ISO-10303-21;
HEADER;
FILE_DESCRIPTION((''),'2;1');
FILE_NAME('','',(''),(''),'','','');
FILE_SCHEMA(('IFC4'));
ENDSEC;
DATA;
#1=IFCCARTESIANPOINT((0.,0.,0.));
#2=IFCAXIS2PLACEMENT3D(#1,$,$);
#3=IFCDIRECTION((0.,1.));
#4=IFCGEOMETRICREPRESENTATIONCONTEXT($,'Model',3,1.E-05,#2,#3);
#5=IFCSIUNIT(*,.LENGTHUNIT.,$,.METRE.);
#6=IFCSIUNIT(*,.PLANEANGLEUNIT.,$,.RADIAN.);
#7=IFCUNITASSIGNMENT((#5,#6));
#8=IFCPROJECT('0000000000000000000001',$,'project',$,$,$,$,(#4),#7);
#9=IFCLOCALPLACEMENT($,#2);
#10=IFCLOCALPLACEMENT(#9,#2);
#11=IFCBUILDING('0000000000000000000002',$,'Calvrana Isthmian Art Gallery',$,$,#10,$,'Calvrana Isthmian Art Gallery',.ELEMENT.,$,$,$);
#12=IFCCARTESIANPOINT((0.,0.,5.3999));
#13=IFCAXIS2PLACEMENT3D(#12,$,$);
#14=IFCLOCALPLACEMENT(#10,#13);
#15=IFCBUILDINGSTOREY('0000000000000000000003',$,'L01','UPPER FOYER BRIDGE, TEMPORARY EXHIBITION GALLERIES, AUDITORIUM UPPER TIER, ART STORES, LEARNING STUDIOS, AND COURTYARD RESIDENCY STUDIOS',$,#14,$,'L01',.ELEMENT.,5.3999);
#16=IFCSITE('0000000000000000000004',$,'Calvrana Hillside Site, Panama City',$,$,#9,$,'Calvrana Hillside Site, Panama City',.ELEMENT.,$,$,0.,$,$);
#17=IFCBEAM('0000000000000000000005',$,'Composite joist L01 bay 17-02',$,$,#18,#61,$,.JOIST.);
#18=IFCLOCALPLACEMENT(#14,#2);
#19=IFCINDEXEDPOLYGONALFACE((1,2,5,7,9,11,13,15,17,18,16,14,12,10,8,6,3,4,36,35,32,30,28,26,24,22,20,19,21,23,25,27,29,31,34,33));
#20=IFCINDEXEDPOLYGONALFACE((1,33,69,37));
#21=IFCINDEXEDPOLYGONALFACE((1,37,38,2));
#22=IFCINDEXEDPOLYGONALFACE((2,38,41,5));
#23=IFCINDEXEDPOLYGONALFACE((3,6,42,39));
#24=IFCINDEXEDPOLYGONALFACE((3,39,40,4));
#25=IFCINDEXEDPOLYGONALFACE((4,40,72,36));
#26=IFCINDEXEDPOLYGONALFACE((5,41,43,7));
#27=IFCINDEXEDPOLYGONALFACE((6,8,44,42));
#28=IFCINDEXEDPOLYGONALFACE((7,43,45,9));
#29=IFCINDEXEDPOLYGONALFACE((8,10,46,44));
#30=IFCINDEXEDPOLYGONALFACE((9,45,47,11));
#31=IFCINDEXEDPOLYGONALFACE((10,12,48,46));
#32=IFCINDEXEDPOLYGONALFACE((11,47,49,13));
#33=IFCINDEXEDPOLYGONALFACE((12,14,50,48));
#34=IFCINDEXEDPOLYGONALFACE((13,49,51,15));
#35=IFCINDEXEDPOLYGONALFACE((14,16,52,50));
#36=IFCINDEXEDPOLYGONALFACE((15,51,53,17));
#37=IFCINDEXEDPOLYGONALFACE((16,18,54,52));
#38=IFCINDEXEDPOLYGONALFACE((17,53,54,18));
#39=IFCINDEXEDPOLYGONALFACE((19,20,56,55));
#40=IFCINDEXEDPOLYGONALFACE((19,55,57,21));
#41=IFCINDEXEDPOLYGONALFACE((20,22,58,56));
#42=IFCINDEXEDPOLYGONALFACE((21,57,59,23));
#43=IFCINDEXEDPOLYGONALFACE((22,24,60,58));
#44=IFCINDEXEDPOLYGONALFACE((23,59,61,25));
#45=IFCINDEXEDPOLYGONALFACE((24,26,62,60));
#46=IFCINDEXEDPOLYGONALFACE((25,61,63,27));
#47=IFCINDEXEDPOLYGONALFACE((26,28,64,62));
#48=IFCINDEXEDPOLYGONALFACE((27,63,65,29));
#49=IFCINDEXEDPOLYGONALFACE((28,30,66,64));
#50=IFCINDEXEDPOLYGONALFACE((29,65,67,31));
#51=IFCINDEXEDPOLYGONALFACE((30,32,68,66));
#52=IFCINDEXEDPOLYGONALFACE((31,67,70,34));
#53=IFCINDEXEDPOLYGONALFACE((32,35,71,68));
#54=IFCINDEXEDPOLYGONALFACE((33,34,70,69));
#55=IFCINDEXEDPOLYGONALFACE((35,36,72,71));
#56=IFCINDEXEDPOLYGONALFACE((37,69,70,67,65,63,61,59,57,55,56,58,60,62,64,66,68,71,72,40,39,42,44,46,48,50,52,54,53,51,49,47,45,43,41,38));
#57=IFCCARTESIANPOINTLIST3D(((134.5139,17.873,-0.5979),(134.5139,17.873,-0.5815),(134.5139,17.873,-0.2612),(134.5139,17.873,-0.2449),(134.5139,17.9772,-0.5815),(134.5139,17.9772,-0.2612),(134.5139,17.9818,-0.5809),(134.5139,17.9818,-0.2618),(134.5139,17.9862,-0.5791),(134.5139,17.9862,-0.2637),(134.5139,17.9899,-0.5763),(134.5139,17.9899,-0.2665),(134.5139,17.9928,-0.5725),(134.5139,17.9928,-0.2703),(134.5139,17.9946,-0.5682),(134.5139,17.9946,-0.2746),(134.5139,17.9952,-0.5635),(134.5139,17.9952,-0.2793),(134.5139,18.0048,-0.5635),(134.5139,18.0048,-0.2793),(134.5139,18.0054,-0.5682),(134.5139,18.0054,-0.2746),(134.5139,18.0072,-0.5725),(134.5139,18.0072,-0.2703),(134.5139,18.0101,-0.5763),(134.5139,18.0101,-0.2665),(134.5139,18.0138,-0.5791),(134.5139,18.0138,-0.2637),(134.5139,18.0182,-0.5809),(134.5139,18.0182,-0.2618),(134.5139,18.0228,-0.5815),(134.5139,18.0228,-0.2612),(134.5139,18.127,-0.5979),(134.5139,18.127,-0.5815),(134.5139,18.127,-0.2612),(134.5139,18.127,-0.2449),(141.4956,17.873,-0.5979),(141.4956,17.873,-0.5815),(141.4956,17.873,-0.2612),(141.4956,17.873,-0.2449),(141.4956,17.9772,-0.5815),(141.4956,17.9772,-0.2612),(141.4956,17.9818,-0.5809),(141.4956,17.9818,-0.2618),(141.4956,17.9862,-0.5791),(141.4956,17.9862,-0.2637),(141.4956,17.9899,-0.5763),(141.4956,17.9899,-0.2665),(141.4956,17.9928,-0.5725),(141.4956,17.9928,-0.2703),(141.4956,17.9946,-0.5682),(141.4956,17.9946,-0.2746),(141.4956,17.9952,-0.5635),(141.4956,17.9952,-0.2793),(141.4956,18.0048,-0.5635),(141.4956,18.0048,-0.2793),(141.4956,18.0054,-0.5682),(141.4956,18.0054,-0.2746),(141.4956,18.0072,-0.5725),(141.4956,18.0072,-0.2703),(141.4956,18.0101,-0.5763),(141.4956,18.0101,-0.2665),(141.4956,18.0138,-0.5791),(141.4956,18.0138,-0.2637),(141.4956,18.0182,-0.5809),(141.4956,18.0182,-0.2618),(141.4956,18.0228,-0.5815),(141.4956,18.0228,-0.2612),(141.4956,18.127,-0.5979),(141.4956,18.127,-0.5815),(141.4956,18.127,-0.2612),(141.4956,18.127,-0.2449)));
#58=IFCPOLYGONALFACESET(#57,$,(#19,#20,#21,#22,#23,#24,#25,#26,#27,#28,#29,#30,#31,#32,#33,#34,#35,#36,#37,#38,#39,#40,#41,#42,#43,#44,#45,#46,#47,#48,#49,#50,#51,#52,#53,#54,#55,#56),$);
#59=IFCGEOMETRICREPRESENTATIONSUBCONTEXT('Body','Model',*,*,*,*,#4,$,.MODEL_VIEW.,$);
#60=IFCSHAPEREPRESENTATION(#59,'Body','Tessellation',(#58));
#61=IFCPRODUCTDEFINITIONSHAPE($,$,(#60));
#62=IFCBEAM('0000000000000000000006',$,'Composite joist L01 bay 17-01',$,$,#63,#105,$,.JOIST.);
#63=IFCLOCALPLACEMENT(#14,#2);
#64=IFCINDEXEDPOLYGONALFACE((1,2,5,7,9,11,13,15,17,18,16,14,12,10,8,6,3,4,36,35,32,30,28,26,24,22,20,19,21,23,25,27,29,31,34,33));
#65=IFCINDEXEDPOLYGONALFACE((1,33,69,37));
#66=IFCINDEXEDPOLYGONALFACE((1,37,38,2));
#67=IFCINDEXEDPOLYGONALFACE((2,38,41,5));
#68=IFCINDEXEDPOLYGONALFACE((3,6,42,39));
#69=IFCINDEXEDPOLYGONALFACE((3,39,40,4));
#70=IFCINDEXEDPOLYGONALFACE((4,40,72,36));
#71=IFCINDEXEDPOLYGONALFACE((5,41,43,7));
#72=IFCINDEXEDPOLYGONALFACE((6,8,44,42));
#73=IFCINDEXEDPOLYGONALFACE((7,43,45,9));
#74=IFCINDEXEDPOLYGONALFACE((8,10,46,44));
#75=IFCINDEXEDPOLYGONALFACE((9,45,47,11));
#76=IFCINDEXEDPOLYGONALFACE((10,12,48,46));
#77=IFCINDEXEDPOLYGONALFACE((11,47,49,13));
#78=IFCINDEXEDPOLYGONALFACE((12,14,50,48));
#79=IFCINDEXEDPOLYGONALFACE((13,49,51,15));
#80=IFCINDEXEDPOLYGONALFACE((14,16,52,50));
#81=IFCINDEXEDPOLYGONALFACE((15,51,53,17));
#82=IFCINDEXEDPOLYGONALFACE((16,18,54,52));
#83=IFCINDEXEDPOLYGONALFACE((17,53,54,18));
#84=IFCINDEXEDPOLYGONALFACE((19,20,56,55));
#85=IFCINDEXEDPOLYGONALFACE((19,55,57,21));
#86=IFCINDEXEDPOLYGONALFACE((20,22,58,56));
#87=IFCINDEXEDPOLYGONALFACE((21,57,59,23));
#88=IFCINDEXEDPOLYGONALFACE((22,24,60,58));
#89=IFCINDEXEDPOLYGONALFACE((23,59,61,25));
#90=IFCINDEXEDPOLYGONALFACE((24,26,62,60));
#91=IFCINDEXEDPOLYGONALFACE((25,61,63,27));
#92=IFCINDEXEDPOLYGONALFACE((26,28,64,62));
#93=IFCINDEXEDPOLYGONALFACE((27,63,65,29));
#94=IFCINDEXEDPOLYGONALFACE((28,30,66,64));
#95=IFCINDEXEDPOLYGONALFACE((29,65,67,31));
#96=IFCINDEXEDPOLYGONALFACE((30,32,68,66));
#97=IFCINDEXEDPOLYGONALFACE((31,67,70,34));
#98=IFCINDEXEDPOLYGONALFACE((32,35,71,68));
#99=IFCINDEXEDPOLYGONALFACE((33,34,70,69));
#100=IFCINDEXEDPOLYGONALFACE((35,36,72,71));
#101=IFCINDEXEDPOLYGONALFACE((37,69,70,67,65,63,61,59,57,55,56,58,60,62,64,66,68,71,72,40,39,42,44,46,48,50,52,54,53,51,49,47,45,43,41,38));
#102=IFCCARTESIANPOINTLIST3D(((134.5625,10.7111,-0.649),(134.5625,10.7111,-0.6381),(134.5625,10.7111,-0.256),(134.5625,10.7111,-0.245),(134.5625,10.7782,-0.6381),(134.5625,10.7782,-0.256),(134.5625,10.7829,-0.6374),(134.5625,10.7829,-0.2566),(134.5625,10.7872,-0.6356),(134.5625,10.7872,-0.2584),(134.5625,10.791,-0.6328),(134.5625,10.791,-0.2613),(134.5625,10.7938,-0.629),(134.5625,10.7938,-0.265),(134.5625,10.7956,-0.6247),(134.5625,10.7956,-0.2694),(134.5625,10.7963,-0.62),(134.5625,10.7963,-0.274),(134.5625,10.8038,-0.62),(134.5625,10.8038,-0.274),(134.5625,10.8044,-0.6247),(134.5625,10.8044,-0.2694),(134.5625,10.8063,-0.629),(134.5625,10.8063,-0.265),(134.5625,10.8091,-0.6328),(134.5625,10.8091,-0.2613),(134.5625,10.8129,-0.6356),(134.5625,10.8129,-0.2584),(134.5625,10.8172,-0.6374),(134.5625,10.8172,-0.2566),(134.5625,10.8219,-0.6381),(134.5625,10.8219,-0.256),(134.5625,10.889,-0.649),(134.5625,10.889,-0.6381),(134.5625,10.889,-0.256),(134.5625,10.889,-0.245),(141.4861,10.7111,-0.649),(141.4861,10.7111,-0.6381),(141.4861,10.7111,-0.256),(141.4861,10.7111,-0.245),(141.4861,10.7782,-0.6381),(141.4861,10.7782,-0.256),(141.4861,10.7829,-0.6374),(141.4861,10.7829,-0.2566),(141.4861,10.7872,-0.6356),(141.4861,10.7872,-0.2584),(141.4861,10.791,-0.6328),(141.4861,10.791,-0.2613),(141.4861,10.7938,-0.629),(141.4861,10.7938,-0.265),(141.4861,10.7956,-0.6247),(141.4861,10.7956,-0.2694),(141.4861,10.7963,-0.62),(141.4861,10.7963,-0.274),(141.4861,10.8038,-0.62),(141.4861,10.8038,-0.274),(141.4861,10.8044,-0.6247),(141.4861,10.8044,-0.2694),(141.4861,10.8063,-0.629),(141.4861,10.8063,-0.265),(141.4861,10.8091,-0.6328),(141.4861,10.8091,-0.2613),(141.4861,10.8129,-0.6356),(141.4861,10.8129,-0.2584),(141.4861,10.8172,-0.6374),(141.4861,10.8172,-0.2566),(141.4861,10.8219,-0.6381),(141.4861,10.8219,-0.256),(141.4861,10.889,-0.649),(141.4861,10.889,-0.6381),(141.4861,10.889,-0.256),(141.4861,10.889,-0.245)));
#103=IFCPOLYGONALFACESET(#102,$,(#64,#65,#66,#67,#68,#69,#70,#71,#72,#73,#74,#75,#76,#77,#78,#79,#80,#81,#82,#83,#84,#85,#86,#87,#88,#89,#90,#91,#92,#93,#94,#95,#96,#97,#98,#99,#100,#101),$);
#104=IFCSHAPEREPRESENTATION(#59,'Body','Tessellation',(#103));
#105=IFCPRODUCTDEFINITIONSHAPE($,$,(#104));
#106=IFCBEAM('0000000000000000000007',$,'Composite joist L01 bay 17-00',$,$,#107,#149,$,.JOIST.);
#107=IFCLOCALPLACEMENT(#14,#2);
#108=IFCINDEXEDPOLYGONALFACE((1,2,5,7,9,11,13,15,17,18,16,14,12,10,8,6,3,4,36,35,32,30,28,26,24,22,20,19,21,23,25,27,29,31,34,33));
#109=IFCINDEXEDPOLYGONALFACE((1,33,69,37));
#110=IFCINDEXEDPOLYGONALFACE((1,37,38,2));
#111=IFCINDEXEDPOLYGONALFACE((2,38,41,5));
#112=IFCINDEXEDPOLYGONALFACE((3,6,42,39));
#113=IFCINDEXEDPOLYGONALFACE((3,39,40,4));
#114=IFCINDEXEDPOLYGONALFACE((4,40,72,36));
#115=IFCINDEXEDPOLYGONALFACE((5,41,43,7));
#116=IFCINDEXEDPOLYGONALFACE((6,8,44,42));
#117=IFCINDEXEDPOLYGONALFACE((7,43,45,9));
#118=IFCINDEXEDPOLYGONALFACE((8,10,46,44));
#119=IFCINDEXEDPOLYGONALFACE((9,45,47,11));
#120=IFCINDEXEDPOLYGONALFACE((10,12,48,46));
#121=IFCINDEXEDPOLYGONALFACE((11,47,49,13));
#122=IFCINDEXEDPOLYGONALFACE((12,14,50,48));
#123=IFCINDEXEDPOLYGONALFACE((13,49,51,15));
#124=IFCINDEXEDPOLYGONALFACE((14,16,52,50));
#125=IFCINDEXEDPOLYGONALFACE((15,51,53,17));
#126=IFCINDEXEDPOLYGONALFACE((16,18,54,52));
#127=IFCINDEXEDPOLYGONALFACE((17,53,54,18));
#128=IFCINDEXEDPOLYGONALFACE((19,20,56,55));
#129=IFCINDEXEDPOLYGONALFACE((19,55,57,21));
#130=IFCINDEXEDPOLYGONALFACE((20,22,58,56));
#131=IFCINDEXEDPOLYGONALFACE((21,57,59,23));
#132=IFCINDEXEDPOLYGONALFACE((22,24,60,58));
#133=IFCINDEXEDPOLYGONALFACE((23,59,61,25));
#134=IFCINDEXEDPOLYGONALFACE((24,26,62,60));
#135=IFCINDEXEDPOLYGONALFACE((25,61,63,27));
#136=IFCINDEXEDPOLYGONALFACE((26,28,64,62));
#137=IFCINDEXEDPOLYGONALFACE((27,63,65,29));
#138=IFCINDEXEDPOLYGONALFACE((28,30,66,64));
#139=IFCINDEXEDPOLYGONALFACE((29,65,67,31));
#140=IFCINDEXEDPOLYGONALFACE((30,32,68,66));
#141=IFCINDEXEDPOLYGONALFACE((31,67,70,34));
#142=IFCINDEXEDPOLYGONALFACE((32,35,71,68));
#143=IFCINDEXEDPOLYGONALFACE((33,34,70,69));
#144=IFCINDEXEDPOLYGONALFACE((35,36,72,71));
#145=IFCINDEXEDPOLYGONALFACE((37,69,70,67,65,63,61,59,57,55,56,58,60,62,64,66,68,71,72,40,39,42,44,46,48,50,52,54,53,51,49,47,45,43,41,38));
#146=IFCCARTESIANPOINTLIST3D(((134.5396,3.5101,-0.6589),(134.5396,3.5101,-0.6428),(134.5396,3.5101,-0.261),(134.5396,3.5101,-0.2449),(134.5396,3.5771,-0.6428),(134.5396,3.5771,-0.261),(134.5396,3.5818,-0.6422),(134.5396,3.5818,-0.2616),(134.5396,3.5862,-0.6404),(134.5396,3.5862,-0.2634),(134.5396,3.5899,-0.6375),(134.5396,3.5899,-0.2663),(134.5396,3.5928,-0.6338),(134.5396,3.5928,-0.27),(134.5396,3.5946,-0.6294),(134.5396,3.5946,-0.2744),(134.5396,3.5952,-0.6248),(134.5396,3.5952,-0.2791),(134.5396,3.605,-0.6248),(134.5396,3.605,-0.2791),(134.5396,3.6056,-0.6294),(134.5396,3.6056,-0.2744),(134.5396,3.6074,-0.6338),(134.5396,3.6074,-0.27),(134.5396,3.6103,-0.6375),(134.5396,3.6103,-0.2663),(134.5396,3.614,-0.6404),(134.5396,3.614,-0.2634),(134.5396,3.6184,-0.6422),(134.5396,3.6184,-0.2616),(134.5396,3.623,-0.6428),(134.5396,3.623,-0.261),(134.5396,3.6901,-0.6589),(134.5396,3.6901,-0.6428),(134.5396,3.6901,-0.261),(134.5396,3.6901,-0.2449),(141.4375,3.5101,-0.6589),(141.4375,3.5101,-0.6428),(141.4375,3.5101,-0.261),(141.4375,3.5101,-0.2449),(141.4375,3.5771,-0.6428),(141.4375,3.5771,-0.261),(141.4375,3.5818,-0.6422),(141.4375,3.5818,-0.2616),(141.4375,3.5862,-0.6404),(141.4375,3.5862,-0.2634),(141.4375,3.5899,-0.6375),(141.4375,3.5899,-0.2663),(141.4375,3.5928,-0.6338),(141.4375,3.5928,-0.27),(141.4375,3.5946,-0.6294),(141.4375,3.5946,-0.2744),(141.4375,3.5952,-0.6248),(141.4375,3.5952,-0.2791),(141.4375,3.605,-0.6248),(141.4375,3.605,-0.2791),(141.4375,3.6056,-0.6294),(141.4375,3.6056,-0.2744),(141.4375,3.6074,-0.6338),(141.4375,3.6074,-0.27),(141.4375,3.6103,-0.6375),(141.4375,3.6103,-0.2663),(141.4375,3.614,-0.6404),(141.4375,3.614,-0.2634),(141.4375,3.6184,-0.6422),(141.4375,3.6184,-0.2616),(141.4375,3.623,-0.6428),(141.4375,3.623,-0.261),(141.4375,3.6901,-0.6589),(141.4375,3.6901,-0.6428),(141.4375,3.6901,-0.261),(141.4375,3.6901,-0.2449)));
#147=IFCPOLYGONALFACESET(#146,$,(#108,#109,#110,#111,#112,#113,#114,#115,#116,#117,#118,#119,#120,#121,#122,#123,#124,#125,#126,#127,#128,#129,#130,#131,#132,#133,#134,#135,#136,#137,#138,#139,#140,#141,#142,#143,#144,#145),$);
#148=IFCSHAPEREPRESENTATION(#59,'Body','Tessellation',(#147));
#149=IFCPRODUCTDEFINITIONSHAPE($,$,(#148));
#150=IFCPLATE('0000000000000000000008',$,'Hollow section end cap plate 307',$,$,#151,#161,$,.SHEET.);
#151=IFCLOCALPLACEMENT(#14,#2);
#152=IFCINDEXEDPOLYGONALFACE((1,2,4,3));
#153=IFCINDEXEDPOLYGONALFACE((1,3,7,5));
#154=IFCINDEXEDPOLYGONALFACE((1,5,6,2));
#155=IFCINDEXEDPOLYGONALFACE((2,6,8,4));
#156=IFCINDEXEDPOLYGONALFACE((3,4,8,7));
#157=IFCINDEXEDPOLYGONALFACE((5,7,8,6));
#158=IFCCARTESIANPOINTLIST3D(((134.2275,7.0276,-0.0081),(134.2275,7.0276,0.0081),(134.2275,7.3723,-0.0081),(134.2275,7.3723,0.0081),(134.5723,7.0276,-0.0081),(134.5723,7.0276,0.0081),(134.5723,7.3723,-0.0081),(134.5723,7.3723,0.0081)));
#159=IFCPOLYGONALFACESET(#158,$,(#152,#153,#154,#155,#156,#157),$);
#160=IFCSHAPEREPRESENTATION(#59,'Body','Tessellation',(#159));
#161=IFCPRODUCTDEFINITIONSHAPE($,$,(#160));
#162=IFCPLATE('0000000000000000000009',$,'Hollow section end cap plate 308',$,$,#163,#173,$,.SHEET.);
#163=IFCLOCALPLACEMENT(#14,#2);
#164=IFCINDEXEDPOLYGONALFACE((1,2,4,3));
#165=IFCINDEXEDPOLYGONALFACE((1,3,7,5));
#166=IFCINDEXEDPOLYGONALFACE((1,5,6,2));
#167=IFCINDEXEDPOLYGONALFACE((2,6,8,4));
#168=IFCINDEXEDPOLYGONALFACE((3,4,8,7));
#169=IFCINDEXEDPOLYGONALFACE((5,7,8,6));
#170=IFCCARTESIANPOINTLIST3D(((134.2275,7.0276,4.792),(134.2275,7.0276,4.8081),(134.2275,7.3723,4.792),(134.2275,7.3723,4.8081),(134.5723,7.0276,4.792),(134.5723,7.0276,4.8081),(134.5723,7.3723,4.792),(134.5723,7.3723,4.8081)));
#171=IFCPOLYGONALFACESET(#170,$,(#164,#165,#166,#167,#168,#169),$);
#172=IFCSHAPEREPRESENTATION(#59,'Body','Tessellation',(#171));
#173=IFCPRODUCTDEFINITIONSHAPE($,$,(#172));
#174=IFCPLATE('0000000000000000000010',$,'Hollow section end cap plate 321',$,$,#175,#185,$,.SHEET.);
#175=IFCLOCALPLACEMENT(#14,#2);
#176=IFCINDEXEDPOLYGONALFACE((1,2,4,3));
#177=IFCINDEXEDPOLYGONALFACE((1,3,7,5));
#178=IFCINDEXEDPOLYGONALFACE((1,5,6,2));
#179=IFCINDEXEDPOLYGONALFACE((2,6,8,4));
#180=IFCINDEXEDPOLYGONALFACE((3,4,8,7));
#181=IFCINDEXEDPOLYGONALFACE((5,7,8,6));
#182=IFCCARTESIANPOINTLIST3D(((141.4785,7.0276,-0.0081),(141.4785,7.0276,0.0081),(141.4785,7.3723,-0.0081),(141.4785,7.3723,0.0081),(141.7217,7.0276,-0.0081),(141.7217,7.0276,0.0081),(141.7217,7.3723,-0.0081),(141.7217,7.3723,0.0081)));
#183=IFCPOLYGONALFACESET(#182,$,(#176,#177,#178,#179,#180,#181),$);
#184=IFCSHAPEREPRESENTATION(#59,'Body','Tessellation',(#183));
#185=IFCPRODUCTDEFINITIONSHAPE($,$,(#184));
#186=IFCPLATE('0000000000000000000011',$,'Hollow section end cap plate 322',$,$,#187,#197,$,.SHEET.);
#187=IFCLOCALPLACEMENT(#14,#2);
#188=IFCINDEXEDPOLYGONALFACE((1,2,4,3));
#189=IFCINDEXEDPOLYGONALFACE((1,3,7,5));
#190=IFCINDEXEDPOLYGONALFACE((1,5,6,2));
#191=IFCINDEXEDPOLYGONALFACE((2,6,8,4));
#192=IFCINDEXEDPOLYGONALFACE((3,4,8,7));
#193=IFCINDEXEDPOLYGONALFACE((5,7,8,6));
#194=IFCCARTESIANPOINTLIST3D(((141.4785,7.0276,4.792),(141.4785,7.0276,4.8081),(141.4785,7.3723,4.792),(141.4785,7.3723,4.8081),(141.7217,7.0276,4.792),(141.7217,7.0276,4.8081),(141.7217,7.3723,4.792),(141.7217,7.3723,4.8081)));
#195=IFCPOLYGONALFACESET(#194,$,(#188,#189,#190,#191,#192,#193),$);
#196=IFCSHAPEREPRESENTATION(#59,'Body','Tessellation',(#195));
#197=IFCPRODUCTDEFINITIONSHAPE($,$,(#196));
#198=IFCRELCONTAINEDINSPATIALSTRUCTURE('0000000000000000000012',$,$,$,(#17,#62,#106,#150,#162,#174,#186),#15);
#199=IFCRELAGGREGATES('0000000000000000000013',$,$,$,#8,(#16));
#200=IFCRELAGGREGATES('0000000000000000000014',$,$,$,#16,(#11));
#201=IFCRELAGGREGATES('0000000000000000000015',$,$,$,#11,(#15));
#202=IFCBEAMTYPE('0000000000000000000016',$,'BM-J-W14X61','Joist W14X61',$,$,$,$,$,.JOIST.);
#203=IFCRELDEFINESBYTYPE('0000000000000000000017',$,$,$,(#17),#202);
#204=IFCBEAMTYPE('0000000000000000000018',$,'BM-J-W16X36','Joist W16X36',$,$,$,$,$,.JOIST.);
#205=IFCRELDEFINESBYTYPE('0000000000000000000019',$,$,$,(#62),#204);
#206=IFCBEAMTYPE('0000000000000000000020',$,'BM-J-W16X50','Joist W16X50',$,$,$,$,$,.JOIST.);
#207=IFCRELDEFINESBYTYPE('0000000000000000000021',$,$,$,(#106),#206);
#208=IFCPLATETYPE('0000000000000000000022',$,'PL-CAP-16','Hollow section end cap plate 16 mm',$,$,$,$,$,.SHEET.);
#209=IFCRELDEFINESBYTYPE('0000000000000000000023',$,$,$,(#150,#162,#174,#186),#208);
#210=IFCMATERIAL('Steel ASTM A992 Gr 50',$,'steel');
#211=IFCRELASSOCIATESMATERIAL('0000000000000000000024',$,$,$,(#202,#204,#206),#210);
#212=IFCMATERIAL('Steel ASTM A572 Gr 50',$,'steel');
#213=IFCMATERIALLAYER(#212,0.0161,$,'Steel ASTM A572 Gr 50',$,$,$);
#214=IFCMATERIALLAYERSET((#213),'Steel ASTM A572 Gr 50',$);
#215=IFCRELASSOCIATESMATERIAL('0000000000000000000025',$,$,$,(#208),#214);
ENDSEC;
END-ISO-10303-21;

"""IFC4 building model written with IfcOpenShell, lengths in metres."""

from ifc_helpers import new_model, si_unit, direction, frame, origin, origin_2d, place, context, subcontext, project, spatial, rectangle, i_section, extrude, material, layer, layer_set, material_profile, profile_set, type_object, element, save


model = new_model("IFC4")

# Units and contexts
model_context = context("Model", 3, precision=1e-05, world=origin(), true_north=direction((0.0, 1.0)))
body_context = subcontext(model_context, "Body", "Model", "MODEL_VIEW")
ifc_project = project(units=[si_unit("LENGTHUNIT", "METRE"), si_unit("PLANEANGLEUNIT", "RADIAN")], contexts=[model_context])

# Site, building, storey
site_placement = place(None, origin())
site = spatial("IfcSite", under=ifc_project, at=site_placement, Name="Calvrana Hillside Site, Panama City", LongName="Calvrana Hillside Site, Panama City", CompositionType="ELEMENT", RefElevation=0.0)
building_placement = place(site_placement, origin())
building = spatial("IfcBuilding", under=site, at=building_placement, Name="Calvrana Isthmian Art Gallery", LongName="Calvrana Isthmian Art Gallery", CompositionType="ELEMENT")
storey_placement = place(building_placement, frame((0.0, 0.0, 5.3999)))
storey = spatial("IfcBuildingStorey", under=building, at=storey_placement, Name="L01", Description="UPPER FOYER BRIDGE, TEMPORARY EXHIBITION GALLERIES, AUDITORIUM UPPER TIER, ART STORES, LEARNING STUDIOS, AND COURTYARD RESIDENCY STUDIOS", LongName="L01", CompositionType="ELEMENT", Elevation=5.3999)

# Shared definitions
ifc_material_1 = material(Name="Steel ASTM A992 Gr 50", Category="steel")

# Beams
ifc_material_profile_1 = material_profile(ifc_material_1, i_section(OverallWidth=0.2539, OverallDepth=0.353, WebThickness=0.0095, FlangeThickness=0.0164, FilletRadius=0.0181, at=origin_2d()), Name="W14X61")
ifc_profile_set_1 = profile_set([ifc_material_profile_1], Name="Steel ASTM A992 Gr 50")
beam_type_1 = type_object("IfcBeamType", Name="BM-J-W14X61", Description="Joist W14X61", PredefinedType="JOIST", material=ifc_profile_set_1)
beam_1_placement = place(storey_placement, frame((134.5139, 18.0, -0.4214), z_axis=(1.0, 0.0, 0.0), x_axis=(0.0, 1.0, 0.0)))
element("IfcBeam", 1, at=beam_1_placement, inside=storey, type_object=beam_type_1, Name="Composite joist L01 bay 17-02", PredefinedType="JOIST", context=body_context, shape_type="SweptSolid", body=[
    extrude(i_section(OverallWidth=0.2539, OverallDepth=0.353, WebThickness=0.0095, FlangeThickness=0.0164, FilletRadius=0.0181, at=origin_2d()), origin(), (0.0, 0.0, 1.0), 6.9817),
])
ifc_material_profile_2 = material_profile(ifc_material_1, i_section(OverallWidth=0.178, OverallDepth=0.4041, WebThickness=0.0076, FlangeThickness=0.011, FilletRadius=0.0181, at=origin_2d()), Name="W16X36")
ifc_profile_set_2 = profile_set([ifc_material_profile_2], Name="Steel ASTM A992 Gr 50")
beam_type_2 = type_object("IfcBeamType", Name="BM-J-W16X36", Description="Joist W16X36", PredefinedType="JOIST", material=ifc_profile_set_2)
beam_2_placement = place(storey_placement, frame((134.5625, 10.8, -0.447), z_axis=(1.0, 0.0, 0.0), x_axis=(0.0, 1.0, 0.0)))
element("IfcBeam", 2, at=beam_2_placement, inside=storey, type_object=beam_type_2, Name="Composite joist L01 bay 17-01", PredefinedType="JOIST", context=body_context, shape_type="SweptSolid", body=[
    extrude(i_section(OverallWidth=0.178, OverallDepth=0.4041, WebThickness=0.0076, FlangeThickness=0.011, FilletRadius=0.0181, at=origin_2d()), origin(), (0.0, 0.0, 1.0), 6.9236),
])
ifc_material_profile_3 = material_profile(ifc_material_1, i_section(OverallWidth=0.1799, OverallDepth=0.4141, WebThickness=0.0098, FlangeThickness=0.0161, FilletRadius=0.0181, at=origin_2d()), Name="W16X50")
ifc_profile_set_3 = profile_set([ifc_material_profile_3], Name="Steel ASTM A992 Gr 50")
beam_type_3 = type_object("IfcBeamType", Name="BM-J-W16X50", Description="Joist W16X50", PredefinedType="JOIST", material=ifc_profile_set_3)
beam_3_placement = place(storey_placement, frame((134.5396, 3.6001, -0.4519), z_axis=(1.0, 0.0, 0.0), x_axis=(0.0, 1.0, 0.0)))
element("IfcBeam", 3, at=beam_3_placement, inside=storey, type_object=beam_type_3, Name="Composite joist L01 bay 17-00", PredefinedType="JOIST", context=body_context, shape_type="SweptSolid", body=[
    extrude(i_section(OverallWidth=0.1799, OverallDepth=0.4141, WebThickness=0.0098, FlangeThickness=0.0161, FilletRadius=0.0181, at=origin_2d()), origin(), (0.0, 0.0, 1.0), 6.8979),
])

# Plates
ifc_material_2 = material(Name="Steel ASTM A572 Gr 50", Category="steel")
ifc_layer_1 = layer(ifc_material_2, 0.0161, Name="Steel ASTM A572 Gr 50")
ifc_layer_set_1 = layer_set([ifc_layer_1], Name="Steel ASTM A572 Gr 50")
plate_type = type_object("IfcPlateType", Name="PL-CAP-16", Description="Hollow section end cap plate 16 mm", PredefinedType="SHEET", material=ifc_layer_set_1)
for number, where, z_axis, x_axis, name in (
    (4, (134.3999, 7.2, -0.0081), (0.0, 0.0, 1.0), (1.0, 0.0, 0.0), "Hollow section end cap plate 307"),
    (5, (134.3999, 7.2, 4.792), (0.0, 0.0, 1.0), (1.0, 0.0, 0.0), "Hollow section end cap plate 308"),
):
    element("IfcPlate", number, at=place(storey_placement, frame(where, z_axis=z_axis, x_axis=x_axis)), inside=storey, type_object=plate_type, Name=name, PredefinedType="SHEET", context=body_context, shape_type="SweptSolid", body=[
        extrude(rectangle(XDim=0.3447, YDim=0.3447, at=origin_2d()), origin(), (0.0, 0.0, 1.0), 0.0161),
    ])
for number, where, z_axis, x_axis, name in (
    (6, (141.6001, 7.2, -0.0081), (0.0, 0.0, 1.0), (1.0, 0.0, 0.0), "Hollow section end cap plate 321"),
    (7, (141.6001, 7.2, 4.792), (0.0, 0.0, 1.0), (1.0, 0.0, 0.0), "Hollow section end cap plate 322"),
):
    element("IfcPlate", number, at=place(storey_placement, frame(where, z_axis=z_axis, x_axis=x_axis)), inside=storey, type_object=plate_type, Name=name, PredefinedType="SHEET", context=body_context, shape_type="SweptSolid", body=[
        extrude(rectangle(XDim=0.2432, YDim=0.3447, at=origin_2d()), origin(), (0.0, 0.0, 1.0), 0.0161),
    ])

save(model, "model.ifc")
